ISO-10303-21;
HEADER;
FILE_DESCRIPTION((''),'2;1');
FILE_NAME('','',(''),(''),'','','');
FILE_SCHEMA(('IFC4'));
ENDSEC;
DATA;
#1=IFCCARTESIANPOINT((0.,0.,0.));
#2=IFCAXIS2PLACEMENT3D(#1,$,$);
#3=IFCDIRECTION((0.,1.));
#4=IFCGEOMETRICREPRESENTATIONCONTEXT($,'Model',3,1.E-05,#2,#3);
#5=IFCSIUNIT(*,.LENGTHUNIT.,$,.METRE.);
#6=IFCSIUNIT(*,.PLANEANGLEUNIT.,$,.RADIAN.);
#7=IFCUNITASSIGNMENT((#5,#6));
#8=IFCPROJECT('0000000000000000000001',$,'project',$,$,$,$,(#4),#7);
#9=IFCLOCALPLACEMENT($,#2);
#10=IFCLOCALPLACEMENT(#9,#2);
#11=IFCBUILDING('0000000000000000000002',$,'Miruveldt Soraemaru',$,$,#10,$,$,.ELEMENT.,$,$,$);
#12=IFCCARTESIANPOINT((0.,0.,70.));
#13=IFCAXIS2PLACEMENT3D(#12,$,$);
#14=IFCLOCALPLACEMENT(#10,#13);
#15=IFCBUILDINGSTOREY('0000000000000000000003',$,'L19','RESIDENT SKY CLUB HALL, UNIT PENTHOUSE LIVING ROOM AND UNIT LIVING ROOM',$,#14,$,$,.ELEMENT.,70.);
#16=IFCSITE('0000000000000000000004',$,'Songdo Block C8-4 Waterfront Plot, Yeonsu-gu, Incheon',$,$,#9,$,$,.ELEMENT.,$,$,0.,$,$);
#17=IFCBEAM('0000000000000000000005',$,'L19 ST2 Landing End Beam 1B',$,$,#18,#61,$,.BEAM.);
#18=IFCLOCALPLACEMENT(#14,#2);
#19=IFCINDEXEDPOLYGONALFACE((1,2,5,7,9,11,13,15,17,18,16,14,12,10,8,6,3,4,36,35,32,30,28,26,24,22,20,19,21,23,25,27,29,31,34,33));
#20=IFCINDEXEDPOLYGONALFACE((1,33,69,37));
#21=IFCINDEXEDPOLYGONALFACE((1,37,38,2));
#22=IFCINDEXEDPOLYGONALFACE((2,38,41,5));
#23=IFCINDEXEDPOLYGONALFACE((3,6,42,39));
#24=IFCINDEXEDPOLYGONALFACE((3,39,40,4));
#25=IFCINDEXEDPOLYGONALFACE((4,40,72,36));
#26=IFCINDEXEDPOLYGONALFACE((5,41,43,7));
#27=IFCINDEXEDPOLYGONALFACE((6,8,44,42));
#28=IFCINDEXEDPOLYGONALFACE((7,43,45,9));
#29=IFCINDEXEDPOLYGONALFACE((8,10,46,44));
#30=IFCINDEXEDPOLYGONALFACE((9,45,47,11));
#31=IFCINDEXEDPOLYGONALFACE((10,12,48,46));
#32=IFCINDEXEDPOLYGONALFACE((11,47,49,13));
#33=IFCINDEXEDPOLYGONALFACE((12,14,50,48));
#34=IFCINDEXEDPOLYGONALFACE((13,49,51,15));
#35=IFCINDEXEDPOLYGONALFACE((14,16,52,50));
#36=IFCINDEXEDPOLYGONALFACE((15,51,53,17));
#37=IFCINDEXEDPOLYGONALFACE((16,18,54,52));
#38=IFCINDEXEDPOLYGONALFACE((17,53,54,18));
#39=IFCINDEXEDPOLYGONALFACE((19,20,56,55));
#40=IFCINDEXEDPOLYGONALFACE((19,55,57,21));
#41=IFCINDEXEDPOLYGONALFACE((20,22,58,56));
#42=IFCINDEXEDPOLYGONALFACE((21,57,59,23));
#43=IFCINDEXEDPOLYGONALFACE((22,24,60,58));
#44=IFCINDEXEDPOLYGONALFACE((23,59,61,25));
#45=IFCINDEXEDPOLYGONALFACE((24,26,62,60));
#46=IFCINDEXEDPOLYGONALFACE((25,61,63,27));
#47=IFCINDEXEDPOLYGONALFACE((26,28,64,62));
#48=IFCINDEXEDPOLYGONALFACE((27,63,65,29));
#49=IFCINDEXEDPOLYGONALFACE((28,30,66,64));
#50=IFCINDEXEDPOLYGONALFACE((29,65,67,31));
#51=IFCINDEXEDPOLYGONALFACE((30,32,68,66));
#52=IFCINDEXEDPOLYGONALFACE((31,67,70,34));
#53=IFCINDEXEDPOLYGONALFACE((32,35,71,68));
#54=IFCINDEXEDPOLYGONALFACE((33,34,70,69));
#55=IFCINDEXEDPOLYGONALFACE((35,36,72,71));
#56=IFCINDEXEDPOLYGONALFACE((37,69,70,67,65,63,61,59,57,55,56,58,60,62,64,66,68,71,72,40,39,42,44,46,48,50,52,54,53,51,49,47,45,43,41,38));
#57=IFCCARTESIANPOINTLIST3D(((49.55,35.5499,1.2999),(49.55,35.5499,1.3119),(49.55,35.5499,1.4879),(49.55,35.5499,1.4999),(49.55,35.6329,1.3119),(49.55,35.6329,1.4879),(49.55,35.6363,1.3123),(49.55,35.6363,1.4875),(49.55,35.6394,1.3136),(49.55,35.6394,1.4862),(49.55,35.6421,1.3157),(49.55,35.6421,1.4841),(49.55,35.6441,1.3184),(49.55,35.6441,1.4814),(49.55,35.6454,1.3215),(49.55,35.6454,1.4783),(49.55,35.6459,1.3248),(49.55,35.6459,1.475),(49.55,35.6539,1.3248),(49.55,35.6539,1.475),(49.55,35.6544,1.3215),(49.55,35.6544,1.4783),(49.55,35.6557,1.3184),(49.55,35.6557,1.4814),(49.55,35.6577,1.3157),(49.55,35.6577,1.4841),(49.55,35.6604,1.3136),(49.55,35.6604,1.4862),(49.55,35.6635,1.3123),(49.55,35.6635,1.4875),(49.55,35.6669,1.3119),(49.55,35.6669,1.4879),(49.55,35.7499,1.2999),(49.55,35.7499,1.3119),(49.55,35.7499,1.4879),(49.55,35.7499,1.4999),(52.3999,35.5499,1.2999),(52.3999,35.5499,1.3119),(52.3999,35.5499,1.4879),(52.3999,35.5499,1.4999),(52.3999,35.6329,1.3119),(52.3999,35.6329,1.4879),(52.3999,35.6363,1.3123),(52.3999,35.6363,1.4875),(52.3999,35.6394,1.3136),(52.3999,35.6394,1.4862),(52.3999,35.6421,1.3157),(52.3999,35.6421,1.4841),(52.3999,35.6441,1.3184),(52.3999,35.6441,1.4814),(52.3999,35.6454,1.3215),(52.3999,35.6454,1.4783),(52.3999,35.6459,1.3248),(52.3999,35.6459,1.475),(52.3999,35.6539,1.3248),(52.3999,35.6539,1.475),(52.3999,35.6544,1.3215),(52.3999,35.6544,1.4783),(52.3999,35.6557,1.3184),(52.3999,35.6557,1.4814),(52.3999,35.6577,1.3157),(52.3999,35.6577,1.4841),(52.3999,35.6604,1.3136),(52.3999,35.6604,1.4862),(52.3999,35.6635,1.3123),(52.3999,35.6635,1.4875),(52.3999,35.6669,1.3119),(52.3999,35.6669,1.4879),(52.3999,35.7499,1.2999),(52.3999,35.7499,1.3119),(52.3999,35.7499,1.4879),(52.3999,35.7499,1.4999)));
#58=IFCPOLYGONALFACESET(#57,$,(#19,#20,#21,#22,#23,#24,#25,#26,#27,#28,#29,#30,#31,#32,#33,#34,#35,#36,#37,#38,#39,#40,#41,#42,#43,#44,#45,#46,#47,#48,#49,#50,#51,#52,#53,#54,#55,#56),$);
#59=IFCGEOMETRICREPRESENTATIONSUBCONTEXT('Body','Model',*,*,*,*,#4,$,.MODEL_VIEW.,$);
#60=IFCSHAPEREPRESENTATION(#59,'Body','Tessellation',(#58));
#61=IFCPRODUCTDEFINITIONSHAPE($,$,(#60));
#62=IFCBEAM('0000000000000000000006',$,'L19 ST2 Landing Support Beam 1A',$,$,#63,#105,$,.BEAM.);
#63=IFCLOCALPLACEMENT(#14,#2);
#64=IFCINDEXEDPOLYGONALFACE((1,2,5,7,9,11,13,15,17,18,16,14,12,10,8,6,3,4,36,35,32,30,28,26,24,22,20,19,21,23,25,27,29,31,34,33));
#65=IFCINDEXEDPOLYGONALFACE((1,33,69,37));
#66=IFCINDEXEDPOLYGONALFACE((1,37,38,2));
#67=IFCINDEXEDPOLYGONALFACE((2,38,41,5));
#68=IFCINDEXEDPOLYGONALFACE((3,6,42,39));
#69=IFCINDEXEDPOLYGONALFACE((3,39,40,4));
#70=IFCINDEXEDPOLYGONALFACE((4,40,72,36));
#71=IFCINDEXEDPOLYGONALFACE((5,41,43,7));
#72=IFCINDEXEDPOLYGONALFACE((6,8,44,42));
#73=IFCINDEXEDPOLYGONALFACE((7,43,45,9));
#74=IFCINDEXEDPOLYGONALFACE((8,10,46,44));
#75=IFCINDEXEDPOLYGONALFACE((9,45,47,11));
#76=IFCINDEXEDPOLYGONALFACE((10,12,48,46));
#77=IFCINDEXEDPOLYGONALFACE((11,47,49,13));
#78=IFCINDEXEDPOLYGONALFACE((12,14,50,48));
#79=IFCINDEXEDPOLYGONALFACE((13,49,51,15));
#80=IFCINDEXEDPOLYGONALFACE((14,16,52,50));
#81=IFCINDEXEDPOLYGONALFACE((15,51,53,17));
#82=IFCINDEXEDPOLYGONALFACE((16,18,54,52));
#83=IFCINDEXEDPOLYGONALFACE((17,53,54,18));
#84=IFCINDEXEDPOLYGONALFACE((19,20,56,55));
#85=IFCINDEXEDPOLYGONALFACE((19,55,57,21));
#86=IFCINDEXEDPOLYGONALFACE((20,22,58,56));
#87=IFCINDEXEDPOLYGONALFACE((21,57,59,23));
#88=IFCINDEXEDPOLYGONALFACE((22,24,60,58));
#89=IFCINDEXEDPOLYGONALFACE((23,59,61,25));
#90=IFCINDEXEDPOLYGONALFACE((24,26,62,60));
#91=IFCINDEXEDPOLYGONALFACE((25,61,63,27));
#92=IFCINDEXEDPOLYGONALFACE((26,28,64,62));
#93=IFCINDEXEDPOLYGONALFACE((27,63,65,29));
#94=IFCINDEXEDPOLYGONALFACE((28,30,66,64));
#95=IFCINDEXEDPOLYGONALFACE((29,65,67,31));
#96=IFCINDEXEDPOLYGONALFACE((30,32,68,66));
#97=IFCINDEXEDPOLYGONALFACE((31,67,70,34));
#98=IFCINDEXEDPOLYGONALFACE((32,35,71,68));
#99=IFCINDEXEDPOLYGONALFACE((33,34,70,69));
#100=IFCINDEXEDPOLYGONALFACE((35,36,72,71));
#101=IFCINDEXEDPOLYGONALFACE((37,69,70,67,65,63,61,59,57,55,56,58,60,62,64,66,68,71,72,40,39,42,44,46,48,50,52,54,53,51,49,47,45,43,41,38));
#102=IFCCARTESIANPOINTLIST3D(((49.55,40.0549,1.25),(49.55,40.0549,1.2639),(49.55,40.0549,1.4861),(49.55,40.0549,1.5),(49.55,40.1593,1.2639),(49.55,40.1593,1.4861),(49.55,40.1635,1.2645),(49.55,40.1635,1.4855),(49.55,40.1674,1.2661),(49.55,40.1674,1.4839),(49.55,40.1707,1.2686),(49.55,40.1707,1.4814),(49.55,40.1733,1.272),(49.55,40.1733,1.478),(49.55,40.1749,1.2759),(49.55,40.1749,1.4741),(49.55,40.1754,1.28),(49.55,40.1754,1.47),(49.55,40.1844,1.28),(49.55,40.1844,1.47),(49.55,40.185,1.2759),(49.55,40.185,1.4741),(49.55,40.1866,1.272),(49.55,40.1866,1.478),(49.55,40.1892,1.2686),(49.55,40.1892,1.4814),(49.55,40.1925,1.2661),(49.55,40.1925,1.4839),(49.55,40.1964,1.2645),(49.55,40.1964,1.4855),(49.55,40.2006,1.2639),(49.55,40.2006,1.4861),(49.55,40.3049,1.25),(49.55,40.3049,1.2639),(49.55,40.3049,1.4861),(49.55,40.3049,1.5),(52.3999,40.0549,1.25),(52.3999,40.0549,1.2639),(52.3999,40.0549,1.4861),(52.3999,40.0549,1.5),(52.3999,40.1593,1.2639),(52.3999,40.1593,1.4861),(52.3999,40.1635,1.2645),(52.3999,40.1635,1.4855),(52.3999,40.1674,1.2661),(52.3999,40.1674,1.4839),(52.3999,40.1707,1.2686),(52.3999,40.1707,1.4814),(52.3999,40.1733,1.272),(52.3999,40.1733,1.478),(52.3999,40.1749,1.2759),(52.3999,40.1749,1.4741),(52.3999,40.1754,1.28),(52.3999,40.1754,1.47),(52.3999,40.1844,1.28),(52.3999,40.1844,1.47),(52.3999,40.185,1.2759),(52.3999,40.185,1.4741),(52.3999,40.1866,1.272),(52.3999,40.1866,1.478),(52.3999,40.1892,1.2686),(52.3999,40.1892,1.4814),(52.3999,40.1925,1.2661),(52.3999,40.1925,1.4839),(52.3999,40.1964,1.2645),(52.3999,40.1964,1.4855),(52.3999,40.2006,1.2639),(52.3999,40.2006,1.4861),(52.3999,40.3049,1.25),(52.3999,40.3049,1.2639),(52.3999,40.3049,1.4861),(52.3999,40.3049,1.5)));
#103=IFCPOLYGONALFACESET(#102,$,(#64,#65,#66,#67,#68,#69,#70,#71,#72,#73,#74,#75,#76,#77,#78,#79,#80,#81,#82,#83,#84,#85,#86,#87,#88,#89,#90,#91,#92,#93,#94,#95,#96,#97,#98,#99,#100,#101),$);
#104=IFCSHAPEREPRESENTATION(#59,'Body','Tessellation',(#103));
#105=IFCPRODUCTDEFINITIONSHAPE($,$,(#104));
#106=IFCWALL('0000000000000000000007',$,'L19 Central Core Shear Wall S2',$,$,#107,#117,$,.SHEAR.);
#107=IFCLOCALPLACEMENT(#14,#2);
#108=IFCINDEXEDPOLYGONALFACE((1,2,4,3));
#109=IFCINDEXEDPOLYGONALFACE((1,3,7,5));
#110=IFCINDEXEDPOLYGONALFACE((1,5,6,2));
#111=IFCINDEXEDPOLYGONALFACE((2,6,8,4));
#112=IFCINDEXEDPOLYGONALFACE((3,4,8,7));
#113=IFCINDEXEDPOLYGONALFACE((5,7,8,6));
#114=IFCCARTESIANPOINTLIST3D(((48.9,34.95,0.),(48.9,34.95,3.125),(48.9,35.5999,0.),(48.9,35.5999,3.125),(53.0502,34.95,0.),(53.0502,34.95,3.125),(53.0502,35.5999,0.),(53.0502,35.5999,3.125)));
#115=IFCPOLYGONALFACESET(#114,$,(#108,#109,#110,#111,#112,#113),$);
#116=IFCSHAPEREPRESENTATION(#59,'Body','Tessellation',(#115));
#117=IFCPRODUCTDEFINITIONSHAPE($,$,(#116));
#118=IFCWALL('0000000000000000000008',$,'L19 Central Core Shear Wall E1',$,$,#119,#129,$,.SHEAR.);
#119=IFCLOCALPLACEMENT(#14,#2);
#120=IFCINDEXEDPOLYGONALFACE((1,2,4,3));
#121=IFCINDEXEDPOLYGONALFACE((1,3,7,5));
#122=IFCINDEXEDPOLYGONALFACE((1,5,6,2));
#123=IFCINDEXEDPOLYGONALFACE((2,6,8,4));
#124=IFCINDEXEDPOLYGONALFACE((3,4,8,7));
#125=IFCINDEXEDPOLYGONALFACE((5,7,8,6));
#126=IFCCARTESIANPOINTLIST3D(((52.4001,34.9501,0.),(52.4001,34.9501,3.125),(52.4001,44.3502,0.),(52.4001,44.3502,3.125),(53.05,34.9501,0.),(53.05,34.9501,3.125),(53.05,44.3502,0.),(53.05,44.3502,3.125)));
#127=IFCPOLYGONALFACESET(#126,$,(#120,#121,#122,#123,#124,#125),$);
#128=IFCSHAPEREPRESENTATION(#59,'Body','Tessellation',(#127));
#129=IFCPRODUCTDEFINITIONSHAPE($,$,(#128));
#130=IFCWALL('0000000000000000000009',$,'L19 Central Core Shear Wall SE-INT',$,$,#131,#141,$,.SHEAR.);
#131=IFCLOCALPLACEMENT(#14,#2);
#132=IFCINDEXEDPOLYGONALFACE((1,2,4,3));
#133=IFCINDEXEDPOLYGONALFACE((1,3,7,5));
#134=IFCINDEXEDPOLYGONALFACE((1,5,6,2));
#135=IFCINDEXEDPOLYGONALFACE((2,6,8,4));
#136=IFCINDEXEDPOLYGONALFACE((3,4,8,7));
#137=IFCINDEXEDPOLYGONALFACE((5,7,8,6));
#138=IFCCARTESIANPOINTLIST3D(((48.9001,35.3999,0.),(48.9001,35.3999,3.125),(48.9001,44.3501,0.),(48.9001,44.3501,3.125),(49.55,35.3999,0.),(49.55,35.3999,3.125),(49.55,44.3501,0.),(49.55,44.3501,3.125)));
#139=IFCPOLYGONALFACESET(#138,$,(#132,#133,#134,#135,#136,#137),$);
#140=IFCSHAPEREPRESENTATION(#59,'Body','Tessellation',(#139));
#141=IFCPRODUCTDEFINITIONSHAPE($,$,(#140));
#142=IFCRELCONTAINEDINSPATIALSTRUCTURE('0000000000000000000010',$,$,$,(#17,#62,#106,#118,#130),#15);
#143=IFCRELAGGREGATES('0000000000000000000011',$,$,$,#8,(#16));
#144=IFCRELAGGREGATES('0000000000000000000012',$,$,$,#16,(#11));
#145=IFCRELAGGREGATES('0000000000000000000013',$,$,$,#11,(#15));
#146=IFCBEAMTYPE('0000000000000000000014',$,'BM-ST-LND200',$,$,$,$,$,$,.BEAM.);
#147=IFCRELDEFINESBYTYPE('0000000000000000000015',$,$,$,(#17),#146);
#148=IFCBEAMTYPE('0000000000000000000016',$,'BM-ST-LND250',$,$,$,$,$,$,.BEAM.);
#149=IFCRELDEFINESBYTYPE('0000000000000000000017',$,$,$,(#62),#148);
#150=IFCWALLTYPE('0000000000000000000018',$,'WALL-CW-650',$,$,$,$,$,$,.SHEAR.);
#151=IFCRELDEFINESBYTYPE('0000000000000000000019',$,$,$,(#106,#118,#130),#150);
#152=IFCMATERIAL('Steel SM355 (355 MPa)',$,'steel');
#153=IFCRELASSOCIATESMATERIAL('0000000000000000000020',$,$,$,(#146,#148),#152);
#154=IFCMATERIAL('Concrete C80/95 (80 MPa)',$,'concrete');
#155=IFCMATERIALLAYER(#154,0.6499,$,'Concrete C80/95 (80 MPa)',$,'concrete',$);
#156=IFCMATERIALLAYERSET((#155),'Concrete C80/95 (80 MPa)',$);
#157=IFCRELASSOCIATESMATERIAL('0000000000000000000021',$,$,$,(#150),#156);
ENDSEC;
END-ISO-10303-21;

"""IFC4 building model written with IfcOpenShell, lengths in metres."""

from ifc_helpers import new_model, si_unit, direction, frame, frame_2d, origin, origin_2d, place, context, subcontext, project, spatial, rectangle, i_section, extrude, material, layer, layer_set, material_profile, profile_set, type_object, element, save


model = new_model("IFC4")

# Units and contexts
model_context = context("Model", 3, precision=1e-05, world=origin(), true_north=direction((0.0, 1.0)))
body_context = subcontext(model_context, "Body", "Model", "MODEL_VIEW")
ifc_project = project(units=[si_unit("LENGTHUNIT", "METRE"), si_unit("PLANEANGLEUNIT", "RADIAN")], contexts=[model_context])

# Site, building, storey
site_placement = place(None, origin())
site = spatial("IfcSite", under=ifc_project, at=site_placement, Name="Songdo Block C8-4 Waterfront Plot, Yeonsu-gu, Incheon", CompositionType="ELEMENT", RefElevation=0.0)
building_placement = place(site_placement, origin())
building = spatial("IfcBuilding", under=site, at=building_placement, Name="Miruveldt Soraemaru", CompositionType="ELEMENT")
storey_placement = place(building_placement, frame((0.0, 0.0, 70.0)))
storey = spatial("IfcBuildingStorey", under=building, at=storey_placement, Name="L19", Description="RESIDENT SKY CLUB HALL, UNIT PENTHOUSE LIVING ROOM AND UNIT LIVING ROOM", CompositionType="ELEMENT", Elevation=70.0)

# Beams
ifc_material_1 = material(Name="Steel SM355 (355 MPa)", Category="steel")
ifc_material_profile_1 = material_profile(ifc_material_1, i_section(OverallWidth=0.2, OverallDepth=0.2, WebThickness=0.0081, FlangeThickness=0.012, FilletRadius=0.0129, at=origin_2d()), Name="Steel SM355 (355 MPa)", Category="steel")
ifc_profile_set_1 = profile_set([ifc_material_profile_1], Name="Steel SM355 (355 MPa)")
beam_type_1 = type_object("IfcBeamType", Name="BM-ST-LND200", PredefinedType="BEAM", material=ifc_profile_set_1)
beam_1_placement = place(storey_placement, frame((49.55, 35.6499, 1.3999), z_axis=(1.0, 0.0, 0.0), x_axis=(0.0, 1.0, 0.0)))
element("IfcBeam", 1, at=beam_1_placement, inside=storey, type_object=beam_type_1, Name="L19 ST2 Landing End Beam 1B", PredefinedType="BEAM", context=body_context, shape_type="SweptSolid", body=[
    extrude(i_section(OverallWidth=0.2, OverallDepth=0.2, WebThickness=0.0081, FlangeThickness=0.012, FilletRadius=0.0129, at=origin_2d()), origin(), (0.0, 0.0, 1.0), 2.8499),
])
ifc_material_profile_2 = material_profile(ifc_material_1, i_section(OverallWidth=0.25, OverallDepth=0.25, WebThickness=0.009, FlangeThickness=0.0139, FilletRadius=0.0161, at=origin_2d()), Name="Steel SM355 (355 MPa)", Category="steel")
ifc_profile_set_2 = profile_set([ifc_material_profile_2], Name="Steel SM355 (355 MPa)")
beam_type_2 = type_object("IfcBeamType", Name="BM-ST-LND250", PredefinedType="BEAM", material=ifc_profile_set_2)
beam_2_placement = place(storey_placement, frame((49.55, 40.1799, 1.375), z_axis=(1.0, 0.0, 0.0), x_axis=(0.0, 1.0, 0.0)))
element("IfcBeam", 2, at=beam_2_placement, inside=storey, type_object=beam_type_2, Name="L19 ST2 Landing Support Beam 1A", PredefinedType="BEAM", context=body_context, shape_type="SweptSolid", body=[
    extrude(i_section(OverallWidth=0.25, OverallDepth=0.25, WebThickness=0.009, FlangeThickness=0.0139, FilletRadius=0.0161, at=origin_2d()), origin(), (0.0, 0.0, 1.0), 2.8499),
])

# Walls
ifc_material_2 = material(Name="Concrete C80/95 (80 MPa)", Category="concrete")
ifc_layer_1 = layer(ifc_material_2, 0.6499, Name="Concrete C80/95 (80 MPa)", Category="concrete")
ifc_layer_set_1 = layer_set([ifc_layer_1], Name="Concrete C80/95 (80 MPa)")
wall_type_1 = type_object("IfcWallType", Name="WALL-CW-650", PredefinedType="SHEAR", material=ifc_layer_set_1)
wall_1_placement = place(storey_placement, frame((48.8999, 35.2749, 0.0), z_axis=(0.0, 0.0, 1.0), x_axis=(1.0, 0.0, 0.0)))
element("IfcWall", 3, at=wall_1_placement, inside=storey, type_object=wall_type_1, Name="L19 Central Core Shear Wall S2", PredefinedType="SHEAR", context=body_context, shape_type="SweptSolid", body=[
    extrude(rectangle(XDim=4.1501, YDim=0.6499, at=frame_2d((2.0752, 0.0))), origin(), (0.0, 0.0, 1.0), 3.125),
])
wall_2_placement = place(storey_placement, frame((52.7251, 34.95, 0.0), z_axis=(0.0, 0.0, 1.0), x_axis=(0.0, 1.0, 0.0)))
element("IfcWall", 4, at=wall_2_placement, inside=storey, type_object=wall_type_1, Name="L19 Central Core Shear Wall E1", PredefinedType="SHEAR", context=body_context, shape_type="SweptSolid", body=[
    extrude(rectangle(XDim=9.4001, YDim=0.6499, at=frame_2d((4.7002, 0.0))), origin(), (0.0, 0.0, 1.0), 3.125),
])
wall_3_placement = place(storey_placement, frame((49.2251, 35.3999, 0.0), z_axis=(0.0, 0.0, 1.0), x_axis=(0.0, 1.0, 0.0)))
element("IfcWall", 5, at=wall_3_placement, inside=storey, type_object=wall_type_1, Name="L19 Central Core Shear Wall SE-INT", PredefinedType="SHEAR", context=body_context, shape_type="SweptSolid", body=[
    extrude(rectangle(XDim=8.9502, YDim=0.6499, at=frame_2d((4.4751, 0.0))), origin(), (0.0, 0.0, 1.0), 3.125),
])

save(model, "model.ifc")
